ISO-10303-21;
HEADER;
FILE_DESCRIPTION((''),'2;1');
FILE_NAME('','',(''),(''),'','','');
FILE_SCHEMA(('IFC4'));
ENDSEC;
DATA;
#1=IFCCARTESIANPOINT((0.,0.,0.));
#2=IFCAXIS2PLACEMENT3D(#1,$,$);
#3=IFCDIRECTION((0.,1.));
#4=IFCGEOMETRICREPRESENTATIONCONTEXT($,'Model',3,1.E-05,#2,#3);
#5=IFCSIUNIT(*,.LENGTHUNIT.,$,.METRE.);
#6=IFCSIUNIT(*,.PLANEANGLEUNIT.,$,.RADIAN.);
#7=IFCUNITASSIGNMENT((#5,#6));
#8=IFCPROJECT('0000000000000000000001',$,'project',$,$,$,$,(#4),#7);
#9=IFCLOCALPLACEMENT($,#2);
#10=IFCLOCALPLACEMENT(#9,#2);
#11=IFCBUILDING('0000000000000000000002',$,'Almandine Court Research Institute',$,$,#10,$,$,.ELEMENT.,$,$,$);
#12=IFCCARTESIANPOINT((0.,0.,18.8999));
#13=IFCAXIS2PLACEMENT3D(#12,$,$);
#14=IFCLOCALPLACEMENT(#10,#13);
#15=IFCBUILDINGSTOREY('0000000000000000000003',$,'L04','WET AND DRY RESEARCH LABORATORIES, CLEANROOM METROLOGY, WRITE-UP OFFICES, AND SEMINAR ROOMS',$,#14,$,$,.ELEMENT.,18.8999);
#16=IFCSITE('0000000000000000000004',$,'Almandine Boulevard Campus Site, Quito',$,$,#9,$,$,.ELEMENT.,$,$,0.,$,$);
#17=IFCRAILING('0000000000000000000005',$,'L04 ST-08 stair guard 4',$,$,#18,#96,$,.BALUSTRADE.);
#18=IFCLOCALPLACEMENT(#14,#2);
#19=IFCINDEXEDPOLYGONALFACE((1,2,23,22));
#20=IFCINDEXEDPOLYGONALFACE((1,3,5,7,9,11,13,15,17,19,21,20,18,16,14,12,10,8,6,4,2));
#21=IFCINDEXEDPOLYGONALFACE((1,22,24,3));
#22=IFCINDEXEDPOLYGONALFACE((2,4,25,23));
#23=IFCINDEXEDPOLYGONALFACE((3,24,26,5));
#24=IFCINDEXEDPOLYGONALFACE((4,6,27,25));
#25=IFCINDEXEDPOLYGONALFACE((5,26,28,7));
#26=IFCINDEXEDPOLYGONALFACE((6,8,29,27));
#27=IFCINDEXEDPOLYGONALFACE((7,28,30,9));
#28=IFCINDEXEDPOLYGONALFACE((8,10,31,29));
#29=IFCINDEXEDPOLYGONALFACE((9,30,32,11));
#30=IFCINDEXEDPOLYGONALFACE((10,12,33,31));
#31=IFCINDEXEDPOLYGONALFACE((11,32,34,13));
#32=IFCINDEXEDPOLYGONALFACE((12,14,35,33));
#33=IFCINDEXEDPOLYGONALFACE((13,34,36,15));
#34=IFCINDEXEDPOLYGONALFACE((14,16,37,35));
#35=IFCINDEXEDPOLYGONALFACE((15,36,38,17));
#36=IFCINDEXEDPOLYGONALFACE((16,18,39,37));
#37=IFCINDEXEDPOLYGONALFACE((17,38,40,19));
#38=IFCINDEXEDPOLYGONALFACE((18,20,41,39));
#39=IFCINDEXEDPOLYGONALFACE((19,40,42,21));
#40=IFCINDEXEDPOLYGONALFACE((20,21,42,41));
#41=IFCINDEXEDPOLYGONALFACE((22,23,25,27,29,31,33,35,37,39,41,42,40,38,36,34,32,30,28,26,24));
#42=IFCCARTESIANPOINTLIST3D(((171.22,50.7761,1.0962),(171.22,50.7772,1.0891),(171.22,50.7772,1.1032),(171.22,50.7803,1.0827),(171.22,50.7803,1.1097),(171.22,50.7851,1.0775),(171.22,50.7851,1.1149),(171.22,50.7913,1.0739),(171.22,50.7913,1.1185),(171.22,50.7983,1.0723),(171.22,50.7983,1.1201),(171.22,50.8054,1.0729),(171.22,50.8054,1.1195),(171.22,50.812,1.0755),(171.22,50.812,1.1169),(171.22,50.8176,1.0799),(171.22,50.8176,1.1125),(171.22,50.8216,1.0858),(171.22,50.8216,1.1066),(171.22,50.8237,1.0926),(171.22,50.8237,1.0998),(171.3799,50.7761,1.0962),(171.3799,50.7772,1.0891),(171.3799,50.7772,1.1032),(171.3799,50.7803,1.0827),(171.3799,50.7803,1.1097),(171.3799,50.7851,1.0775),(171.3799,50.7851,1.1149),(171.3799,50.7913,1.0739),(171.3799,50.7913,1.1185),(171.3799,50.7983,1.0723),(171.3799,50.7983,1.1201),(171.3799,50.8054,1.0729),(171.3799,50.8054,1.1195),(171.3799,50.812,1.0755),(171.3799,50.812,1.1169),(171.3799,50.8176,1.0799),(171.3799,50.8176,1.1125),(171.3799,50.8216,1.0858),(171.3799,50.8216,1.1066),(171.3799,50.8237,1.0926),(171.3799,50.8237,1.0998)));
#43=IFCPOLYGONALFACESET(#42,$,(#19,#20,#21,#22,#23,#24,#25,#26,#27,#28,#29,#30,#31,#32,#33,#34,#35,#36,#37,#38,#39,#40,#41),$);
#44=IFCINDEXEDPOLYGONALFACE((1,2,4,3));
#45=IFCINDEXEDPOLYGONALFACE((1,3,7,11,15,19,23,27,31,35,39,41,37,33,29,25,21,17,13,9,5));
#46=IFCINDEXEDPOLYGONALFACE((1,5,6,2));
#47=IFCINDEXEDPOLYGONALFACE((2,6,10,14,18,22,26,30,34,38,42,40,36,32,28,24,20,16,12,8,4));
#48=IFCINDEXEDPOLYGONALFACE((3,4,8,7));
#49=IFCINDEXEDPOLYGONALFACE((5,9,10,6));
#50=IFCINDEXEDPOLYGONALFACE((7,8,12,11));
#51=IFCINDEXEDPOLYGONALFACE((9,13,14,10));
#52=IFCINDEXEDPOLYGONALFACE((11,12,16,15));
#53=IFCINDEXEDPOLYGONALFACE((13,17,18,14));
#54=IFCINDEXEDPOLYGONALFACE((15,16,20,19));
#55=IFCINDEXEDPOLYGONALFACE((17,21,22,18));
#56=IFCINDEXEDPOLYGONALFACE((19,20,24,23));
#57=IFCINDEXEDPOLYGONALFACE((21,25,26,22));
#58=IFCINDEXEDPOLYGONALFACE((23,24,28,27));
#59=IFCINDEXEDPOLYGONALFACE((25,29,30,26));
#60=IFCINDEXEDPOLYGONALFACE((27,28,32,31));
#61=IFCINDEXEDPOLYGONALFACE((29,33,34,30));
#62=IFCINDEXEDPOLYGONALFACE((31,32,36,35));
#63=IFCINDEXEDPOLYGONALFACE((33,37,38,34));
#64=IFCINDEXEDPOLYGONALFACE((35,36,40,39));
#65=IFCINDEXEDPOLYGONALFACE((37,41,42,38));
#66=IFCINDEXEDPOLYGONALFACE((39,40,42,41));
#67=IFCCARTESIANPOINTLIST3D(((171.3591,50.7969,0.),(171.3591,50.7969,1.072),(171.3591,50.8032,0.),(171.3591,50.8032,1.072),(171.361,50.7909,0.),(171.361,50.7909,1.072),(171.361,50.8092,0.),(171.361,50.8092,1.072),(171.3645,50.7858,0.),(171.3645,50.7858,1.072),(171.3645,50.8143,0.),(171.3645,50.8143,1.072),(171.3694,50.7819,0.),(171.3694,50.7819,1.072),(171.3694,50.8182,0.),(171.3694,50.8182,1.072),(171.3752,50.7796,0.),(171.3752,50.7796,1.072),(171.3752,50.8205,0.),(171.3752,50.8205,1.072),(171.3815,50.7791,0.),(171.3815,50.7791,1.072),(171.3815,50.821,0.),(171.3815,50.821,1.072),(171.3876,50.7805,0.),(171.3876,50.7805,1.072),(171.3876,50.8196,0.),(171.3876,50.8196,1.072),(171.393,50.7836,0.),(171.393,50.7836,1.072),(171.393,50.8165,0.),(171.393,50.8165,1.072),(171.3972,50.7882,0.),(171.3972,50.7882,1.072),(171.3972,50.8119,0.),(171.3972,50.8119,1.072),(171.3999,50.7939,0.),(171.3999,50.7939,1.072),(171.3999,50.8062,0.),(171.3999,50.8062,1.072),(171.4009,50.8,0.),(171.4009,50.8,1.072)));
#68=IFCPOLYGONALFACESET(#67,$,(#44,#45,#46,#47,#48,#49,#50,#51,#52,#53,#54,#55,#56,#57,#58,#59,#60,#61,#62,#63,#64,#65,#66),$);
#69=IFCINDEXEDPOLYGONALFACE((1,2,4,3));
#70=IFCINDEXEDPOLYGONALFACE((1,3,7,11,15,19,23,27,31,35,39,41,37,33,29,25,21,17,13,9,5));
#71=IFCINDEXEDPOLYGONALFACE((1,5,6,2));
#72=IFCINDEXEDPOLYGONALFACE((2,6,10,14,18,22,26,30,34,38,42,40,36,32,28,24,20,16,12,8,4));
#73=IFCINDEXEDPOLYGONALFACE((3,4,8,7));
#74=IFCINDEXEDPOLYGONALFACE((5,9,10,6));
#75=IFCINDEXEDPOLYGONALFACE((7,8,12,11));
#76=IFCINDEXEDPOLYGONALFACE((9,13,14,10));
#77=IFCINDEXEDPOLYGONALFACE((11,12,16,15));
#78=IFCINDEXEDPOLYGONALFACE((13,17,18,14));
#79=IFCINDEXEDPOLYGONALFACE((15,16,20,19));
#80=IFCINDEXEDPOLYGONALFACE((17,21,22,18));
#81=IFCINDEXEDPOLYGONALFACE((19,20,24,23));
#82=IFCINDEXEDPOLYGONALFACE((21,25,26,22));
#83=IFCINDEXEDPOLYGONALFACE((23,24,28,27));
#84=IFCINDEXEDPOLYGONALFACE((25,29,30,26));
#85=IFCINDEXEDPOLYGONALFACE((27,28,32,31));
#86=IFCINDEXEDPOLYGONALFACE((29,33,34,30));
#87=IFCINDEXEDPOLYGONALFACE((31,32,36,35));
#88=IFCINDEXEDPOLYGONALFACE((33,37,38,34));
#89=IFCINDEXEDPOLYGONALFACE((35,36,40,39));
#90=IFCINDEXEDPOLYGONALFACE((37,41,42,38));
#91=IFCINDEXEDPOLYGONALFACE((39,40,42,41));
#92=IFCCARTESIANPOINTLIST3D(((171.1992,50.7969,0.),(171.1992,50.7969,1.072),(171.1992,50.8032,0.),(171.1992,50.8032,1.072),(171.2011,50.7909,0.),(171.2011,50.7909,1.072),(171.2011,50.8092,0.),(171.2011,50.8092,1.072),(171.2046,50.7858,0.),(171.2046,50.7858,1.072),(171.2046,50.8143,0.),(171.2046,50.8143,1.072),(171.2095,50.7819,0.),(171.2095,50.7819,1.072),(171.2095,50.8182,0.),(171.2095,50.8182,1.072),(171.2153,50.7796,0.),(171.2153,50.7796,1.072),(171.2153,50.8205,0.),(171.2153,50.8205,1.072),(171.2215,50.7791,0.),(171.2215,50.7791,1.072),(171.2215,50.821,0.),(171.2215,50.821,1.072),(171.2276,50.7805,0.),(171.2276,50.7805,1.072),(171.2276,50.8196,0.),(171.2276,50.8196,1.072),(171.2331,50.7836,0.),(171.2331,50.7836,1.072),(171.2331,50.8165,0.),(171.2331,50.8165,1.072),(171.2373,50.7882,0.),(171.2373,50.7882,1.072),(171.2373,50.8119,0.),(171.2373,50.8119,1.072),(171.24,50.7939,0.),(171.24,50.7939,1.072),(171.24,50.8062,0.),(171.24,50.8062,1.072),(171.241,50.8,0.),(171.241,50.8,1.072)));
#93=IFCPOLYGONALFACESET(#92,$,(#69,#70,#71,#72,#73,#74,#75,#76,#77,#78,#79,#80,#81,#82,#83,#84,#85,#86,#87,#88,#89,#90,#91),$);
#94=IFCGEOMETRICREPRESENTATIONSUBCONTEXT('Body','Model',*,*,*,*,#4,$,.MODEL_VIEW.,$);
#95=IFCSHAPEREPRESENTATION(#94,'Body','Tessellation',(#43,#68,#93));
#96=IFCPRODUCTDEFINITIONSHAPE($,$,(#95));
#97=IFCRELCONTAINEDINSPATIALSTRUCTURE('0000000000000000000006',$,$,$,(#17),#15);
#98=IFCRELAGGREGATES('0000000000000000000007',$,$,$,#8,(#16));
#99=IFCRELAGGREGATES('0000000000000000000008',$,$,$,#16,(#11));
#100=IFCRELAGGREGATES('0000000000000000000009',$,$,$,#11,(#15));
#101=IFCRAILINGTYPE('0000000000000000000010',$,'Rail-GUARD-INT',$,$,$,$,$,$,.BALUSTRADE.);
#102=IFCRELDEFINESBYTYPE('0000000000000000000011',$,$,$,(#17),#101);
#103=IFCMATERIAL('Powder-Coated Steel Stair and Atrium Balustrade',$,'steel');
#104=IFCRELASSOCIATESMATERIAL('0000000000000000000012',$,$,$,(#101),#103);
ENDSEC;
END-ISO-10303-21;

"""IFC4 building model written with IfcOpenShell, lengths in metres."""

from ifc_helpers import new_model, si_unit, direction, frame, origin, origin_2d, place, context, subcontext, project, spatial, circle, extrude, material, type_object, element, save


model = new_model("IFC4")

# Units and contexts
model_context = context("Model", 3, precision=1e-05, world=origin(), true_north=direction((0.0, 1.0)))
body_context = subcontext(model_context, "Body", "Model", "MODEL_VIEW")
ifc_project = project(units=[si_unit("LENGTHUNIT", "METRE"), si_unit("PLANEANGLEUNIT", "RADIAN")], contexts=[model_context])

# Site, building, storey
site_placement = place(None, origin())
site = spatial("IfcSite", under=ifc_project, at=site_placement, Name="Almandine Boulevard Campus Site, Quito", CompositionType="ELEMENT", RefElevation=0.0)
building_placement = place(site_placement, origin())
building = spatial("IfcBuilding", under=site, at=building_placement, Name="Almandine Court Research Institute", CompositionType="ELEMENT")
storey_placement = place(building_placement, frame((0.0, 0.0, 18.8999)))
storey = spatial("IfcBuildingStorey", under=building, at=storey_placement, Name="L04", Description="WET AND DRY RESEARCH LABORATORIES, CLEANROOM METROLOGY, WRITE-UP OFFICES, AND SEMINAR ROOMS", CompositionType="ELEMENT", Elevation=18.8999)

# Railing
ifc_material_1 = material(Name="Powder-Coated Steel Stair and Atrium Balustrade", Category="steel")
railing_type_1 = type_object("IfcRailingType", Name="Rail-GUARD-INT", PredefinedType="BALUSTRADE", material=ifc_material_1)
railing_1_placement = place(storey_placement, frame((171.3799, 50.8, 0.0)))
element("IfcRailing", 1, at=railing_1_placement, inside=storey, type_object=railing_type_1, Name="L04 ST-08 stair guard 4", PredefinedType="BALUSTRADE", context=body_context, shape_type="SweptSolid", body=[
    extrude(circle(Radius=0.0239, at=origin_2d()), frame((0.0, 0.0, 1.0962), z_axis=(-1.0, 0.0, 0.0), x_axis=(0.0, -1.0, 0.0)), (0.0, 0.0, 1.0), 0.1599),
    extrude(circle(Radius=0.021, at=origin_2d()), origin(), (0.0, 0.0, 1.0), 1.072),
    extrude(circle(Radius=0.021, at=origin_2d()), frame((-0.1599, 0.0, 0.0)), (0.0, 0.0, 1.0), 1.072),
])

save(model, "model.ifc")
